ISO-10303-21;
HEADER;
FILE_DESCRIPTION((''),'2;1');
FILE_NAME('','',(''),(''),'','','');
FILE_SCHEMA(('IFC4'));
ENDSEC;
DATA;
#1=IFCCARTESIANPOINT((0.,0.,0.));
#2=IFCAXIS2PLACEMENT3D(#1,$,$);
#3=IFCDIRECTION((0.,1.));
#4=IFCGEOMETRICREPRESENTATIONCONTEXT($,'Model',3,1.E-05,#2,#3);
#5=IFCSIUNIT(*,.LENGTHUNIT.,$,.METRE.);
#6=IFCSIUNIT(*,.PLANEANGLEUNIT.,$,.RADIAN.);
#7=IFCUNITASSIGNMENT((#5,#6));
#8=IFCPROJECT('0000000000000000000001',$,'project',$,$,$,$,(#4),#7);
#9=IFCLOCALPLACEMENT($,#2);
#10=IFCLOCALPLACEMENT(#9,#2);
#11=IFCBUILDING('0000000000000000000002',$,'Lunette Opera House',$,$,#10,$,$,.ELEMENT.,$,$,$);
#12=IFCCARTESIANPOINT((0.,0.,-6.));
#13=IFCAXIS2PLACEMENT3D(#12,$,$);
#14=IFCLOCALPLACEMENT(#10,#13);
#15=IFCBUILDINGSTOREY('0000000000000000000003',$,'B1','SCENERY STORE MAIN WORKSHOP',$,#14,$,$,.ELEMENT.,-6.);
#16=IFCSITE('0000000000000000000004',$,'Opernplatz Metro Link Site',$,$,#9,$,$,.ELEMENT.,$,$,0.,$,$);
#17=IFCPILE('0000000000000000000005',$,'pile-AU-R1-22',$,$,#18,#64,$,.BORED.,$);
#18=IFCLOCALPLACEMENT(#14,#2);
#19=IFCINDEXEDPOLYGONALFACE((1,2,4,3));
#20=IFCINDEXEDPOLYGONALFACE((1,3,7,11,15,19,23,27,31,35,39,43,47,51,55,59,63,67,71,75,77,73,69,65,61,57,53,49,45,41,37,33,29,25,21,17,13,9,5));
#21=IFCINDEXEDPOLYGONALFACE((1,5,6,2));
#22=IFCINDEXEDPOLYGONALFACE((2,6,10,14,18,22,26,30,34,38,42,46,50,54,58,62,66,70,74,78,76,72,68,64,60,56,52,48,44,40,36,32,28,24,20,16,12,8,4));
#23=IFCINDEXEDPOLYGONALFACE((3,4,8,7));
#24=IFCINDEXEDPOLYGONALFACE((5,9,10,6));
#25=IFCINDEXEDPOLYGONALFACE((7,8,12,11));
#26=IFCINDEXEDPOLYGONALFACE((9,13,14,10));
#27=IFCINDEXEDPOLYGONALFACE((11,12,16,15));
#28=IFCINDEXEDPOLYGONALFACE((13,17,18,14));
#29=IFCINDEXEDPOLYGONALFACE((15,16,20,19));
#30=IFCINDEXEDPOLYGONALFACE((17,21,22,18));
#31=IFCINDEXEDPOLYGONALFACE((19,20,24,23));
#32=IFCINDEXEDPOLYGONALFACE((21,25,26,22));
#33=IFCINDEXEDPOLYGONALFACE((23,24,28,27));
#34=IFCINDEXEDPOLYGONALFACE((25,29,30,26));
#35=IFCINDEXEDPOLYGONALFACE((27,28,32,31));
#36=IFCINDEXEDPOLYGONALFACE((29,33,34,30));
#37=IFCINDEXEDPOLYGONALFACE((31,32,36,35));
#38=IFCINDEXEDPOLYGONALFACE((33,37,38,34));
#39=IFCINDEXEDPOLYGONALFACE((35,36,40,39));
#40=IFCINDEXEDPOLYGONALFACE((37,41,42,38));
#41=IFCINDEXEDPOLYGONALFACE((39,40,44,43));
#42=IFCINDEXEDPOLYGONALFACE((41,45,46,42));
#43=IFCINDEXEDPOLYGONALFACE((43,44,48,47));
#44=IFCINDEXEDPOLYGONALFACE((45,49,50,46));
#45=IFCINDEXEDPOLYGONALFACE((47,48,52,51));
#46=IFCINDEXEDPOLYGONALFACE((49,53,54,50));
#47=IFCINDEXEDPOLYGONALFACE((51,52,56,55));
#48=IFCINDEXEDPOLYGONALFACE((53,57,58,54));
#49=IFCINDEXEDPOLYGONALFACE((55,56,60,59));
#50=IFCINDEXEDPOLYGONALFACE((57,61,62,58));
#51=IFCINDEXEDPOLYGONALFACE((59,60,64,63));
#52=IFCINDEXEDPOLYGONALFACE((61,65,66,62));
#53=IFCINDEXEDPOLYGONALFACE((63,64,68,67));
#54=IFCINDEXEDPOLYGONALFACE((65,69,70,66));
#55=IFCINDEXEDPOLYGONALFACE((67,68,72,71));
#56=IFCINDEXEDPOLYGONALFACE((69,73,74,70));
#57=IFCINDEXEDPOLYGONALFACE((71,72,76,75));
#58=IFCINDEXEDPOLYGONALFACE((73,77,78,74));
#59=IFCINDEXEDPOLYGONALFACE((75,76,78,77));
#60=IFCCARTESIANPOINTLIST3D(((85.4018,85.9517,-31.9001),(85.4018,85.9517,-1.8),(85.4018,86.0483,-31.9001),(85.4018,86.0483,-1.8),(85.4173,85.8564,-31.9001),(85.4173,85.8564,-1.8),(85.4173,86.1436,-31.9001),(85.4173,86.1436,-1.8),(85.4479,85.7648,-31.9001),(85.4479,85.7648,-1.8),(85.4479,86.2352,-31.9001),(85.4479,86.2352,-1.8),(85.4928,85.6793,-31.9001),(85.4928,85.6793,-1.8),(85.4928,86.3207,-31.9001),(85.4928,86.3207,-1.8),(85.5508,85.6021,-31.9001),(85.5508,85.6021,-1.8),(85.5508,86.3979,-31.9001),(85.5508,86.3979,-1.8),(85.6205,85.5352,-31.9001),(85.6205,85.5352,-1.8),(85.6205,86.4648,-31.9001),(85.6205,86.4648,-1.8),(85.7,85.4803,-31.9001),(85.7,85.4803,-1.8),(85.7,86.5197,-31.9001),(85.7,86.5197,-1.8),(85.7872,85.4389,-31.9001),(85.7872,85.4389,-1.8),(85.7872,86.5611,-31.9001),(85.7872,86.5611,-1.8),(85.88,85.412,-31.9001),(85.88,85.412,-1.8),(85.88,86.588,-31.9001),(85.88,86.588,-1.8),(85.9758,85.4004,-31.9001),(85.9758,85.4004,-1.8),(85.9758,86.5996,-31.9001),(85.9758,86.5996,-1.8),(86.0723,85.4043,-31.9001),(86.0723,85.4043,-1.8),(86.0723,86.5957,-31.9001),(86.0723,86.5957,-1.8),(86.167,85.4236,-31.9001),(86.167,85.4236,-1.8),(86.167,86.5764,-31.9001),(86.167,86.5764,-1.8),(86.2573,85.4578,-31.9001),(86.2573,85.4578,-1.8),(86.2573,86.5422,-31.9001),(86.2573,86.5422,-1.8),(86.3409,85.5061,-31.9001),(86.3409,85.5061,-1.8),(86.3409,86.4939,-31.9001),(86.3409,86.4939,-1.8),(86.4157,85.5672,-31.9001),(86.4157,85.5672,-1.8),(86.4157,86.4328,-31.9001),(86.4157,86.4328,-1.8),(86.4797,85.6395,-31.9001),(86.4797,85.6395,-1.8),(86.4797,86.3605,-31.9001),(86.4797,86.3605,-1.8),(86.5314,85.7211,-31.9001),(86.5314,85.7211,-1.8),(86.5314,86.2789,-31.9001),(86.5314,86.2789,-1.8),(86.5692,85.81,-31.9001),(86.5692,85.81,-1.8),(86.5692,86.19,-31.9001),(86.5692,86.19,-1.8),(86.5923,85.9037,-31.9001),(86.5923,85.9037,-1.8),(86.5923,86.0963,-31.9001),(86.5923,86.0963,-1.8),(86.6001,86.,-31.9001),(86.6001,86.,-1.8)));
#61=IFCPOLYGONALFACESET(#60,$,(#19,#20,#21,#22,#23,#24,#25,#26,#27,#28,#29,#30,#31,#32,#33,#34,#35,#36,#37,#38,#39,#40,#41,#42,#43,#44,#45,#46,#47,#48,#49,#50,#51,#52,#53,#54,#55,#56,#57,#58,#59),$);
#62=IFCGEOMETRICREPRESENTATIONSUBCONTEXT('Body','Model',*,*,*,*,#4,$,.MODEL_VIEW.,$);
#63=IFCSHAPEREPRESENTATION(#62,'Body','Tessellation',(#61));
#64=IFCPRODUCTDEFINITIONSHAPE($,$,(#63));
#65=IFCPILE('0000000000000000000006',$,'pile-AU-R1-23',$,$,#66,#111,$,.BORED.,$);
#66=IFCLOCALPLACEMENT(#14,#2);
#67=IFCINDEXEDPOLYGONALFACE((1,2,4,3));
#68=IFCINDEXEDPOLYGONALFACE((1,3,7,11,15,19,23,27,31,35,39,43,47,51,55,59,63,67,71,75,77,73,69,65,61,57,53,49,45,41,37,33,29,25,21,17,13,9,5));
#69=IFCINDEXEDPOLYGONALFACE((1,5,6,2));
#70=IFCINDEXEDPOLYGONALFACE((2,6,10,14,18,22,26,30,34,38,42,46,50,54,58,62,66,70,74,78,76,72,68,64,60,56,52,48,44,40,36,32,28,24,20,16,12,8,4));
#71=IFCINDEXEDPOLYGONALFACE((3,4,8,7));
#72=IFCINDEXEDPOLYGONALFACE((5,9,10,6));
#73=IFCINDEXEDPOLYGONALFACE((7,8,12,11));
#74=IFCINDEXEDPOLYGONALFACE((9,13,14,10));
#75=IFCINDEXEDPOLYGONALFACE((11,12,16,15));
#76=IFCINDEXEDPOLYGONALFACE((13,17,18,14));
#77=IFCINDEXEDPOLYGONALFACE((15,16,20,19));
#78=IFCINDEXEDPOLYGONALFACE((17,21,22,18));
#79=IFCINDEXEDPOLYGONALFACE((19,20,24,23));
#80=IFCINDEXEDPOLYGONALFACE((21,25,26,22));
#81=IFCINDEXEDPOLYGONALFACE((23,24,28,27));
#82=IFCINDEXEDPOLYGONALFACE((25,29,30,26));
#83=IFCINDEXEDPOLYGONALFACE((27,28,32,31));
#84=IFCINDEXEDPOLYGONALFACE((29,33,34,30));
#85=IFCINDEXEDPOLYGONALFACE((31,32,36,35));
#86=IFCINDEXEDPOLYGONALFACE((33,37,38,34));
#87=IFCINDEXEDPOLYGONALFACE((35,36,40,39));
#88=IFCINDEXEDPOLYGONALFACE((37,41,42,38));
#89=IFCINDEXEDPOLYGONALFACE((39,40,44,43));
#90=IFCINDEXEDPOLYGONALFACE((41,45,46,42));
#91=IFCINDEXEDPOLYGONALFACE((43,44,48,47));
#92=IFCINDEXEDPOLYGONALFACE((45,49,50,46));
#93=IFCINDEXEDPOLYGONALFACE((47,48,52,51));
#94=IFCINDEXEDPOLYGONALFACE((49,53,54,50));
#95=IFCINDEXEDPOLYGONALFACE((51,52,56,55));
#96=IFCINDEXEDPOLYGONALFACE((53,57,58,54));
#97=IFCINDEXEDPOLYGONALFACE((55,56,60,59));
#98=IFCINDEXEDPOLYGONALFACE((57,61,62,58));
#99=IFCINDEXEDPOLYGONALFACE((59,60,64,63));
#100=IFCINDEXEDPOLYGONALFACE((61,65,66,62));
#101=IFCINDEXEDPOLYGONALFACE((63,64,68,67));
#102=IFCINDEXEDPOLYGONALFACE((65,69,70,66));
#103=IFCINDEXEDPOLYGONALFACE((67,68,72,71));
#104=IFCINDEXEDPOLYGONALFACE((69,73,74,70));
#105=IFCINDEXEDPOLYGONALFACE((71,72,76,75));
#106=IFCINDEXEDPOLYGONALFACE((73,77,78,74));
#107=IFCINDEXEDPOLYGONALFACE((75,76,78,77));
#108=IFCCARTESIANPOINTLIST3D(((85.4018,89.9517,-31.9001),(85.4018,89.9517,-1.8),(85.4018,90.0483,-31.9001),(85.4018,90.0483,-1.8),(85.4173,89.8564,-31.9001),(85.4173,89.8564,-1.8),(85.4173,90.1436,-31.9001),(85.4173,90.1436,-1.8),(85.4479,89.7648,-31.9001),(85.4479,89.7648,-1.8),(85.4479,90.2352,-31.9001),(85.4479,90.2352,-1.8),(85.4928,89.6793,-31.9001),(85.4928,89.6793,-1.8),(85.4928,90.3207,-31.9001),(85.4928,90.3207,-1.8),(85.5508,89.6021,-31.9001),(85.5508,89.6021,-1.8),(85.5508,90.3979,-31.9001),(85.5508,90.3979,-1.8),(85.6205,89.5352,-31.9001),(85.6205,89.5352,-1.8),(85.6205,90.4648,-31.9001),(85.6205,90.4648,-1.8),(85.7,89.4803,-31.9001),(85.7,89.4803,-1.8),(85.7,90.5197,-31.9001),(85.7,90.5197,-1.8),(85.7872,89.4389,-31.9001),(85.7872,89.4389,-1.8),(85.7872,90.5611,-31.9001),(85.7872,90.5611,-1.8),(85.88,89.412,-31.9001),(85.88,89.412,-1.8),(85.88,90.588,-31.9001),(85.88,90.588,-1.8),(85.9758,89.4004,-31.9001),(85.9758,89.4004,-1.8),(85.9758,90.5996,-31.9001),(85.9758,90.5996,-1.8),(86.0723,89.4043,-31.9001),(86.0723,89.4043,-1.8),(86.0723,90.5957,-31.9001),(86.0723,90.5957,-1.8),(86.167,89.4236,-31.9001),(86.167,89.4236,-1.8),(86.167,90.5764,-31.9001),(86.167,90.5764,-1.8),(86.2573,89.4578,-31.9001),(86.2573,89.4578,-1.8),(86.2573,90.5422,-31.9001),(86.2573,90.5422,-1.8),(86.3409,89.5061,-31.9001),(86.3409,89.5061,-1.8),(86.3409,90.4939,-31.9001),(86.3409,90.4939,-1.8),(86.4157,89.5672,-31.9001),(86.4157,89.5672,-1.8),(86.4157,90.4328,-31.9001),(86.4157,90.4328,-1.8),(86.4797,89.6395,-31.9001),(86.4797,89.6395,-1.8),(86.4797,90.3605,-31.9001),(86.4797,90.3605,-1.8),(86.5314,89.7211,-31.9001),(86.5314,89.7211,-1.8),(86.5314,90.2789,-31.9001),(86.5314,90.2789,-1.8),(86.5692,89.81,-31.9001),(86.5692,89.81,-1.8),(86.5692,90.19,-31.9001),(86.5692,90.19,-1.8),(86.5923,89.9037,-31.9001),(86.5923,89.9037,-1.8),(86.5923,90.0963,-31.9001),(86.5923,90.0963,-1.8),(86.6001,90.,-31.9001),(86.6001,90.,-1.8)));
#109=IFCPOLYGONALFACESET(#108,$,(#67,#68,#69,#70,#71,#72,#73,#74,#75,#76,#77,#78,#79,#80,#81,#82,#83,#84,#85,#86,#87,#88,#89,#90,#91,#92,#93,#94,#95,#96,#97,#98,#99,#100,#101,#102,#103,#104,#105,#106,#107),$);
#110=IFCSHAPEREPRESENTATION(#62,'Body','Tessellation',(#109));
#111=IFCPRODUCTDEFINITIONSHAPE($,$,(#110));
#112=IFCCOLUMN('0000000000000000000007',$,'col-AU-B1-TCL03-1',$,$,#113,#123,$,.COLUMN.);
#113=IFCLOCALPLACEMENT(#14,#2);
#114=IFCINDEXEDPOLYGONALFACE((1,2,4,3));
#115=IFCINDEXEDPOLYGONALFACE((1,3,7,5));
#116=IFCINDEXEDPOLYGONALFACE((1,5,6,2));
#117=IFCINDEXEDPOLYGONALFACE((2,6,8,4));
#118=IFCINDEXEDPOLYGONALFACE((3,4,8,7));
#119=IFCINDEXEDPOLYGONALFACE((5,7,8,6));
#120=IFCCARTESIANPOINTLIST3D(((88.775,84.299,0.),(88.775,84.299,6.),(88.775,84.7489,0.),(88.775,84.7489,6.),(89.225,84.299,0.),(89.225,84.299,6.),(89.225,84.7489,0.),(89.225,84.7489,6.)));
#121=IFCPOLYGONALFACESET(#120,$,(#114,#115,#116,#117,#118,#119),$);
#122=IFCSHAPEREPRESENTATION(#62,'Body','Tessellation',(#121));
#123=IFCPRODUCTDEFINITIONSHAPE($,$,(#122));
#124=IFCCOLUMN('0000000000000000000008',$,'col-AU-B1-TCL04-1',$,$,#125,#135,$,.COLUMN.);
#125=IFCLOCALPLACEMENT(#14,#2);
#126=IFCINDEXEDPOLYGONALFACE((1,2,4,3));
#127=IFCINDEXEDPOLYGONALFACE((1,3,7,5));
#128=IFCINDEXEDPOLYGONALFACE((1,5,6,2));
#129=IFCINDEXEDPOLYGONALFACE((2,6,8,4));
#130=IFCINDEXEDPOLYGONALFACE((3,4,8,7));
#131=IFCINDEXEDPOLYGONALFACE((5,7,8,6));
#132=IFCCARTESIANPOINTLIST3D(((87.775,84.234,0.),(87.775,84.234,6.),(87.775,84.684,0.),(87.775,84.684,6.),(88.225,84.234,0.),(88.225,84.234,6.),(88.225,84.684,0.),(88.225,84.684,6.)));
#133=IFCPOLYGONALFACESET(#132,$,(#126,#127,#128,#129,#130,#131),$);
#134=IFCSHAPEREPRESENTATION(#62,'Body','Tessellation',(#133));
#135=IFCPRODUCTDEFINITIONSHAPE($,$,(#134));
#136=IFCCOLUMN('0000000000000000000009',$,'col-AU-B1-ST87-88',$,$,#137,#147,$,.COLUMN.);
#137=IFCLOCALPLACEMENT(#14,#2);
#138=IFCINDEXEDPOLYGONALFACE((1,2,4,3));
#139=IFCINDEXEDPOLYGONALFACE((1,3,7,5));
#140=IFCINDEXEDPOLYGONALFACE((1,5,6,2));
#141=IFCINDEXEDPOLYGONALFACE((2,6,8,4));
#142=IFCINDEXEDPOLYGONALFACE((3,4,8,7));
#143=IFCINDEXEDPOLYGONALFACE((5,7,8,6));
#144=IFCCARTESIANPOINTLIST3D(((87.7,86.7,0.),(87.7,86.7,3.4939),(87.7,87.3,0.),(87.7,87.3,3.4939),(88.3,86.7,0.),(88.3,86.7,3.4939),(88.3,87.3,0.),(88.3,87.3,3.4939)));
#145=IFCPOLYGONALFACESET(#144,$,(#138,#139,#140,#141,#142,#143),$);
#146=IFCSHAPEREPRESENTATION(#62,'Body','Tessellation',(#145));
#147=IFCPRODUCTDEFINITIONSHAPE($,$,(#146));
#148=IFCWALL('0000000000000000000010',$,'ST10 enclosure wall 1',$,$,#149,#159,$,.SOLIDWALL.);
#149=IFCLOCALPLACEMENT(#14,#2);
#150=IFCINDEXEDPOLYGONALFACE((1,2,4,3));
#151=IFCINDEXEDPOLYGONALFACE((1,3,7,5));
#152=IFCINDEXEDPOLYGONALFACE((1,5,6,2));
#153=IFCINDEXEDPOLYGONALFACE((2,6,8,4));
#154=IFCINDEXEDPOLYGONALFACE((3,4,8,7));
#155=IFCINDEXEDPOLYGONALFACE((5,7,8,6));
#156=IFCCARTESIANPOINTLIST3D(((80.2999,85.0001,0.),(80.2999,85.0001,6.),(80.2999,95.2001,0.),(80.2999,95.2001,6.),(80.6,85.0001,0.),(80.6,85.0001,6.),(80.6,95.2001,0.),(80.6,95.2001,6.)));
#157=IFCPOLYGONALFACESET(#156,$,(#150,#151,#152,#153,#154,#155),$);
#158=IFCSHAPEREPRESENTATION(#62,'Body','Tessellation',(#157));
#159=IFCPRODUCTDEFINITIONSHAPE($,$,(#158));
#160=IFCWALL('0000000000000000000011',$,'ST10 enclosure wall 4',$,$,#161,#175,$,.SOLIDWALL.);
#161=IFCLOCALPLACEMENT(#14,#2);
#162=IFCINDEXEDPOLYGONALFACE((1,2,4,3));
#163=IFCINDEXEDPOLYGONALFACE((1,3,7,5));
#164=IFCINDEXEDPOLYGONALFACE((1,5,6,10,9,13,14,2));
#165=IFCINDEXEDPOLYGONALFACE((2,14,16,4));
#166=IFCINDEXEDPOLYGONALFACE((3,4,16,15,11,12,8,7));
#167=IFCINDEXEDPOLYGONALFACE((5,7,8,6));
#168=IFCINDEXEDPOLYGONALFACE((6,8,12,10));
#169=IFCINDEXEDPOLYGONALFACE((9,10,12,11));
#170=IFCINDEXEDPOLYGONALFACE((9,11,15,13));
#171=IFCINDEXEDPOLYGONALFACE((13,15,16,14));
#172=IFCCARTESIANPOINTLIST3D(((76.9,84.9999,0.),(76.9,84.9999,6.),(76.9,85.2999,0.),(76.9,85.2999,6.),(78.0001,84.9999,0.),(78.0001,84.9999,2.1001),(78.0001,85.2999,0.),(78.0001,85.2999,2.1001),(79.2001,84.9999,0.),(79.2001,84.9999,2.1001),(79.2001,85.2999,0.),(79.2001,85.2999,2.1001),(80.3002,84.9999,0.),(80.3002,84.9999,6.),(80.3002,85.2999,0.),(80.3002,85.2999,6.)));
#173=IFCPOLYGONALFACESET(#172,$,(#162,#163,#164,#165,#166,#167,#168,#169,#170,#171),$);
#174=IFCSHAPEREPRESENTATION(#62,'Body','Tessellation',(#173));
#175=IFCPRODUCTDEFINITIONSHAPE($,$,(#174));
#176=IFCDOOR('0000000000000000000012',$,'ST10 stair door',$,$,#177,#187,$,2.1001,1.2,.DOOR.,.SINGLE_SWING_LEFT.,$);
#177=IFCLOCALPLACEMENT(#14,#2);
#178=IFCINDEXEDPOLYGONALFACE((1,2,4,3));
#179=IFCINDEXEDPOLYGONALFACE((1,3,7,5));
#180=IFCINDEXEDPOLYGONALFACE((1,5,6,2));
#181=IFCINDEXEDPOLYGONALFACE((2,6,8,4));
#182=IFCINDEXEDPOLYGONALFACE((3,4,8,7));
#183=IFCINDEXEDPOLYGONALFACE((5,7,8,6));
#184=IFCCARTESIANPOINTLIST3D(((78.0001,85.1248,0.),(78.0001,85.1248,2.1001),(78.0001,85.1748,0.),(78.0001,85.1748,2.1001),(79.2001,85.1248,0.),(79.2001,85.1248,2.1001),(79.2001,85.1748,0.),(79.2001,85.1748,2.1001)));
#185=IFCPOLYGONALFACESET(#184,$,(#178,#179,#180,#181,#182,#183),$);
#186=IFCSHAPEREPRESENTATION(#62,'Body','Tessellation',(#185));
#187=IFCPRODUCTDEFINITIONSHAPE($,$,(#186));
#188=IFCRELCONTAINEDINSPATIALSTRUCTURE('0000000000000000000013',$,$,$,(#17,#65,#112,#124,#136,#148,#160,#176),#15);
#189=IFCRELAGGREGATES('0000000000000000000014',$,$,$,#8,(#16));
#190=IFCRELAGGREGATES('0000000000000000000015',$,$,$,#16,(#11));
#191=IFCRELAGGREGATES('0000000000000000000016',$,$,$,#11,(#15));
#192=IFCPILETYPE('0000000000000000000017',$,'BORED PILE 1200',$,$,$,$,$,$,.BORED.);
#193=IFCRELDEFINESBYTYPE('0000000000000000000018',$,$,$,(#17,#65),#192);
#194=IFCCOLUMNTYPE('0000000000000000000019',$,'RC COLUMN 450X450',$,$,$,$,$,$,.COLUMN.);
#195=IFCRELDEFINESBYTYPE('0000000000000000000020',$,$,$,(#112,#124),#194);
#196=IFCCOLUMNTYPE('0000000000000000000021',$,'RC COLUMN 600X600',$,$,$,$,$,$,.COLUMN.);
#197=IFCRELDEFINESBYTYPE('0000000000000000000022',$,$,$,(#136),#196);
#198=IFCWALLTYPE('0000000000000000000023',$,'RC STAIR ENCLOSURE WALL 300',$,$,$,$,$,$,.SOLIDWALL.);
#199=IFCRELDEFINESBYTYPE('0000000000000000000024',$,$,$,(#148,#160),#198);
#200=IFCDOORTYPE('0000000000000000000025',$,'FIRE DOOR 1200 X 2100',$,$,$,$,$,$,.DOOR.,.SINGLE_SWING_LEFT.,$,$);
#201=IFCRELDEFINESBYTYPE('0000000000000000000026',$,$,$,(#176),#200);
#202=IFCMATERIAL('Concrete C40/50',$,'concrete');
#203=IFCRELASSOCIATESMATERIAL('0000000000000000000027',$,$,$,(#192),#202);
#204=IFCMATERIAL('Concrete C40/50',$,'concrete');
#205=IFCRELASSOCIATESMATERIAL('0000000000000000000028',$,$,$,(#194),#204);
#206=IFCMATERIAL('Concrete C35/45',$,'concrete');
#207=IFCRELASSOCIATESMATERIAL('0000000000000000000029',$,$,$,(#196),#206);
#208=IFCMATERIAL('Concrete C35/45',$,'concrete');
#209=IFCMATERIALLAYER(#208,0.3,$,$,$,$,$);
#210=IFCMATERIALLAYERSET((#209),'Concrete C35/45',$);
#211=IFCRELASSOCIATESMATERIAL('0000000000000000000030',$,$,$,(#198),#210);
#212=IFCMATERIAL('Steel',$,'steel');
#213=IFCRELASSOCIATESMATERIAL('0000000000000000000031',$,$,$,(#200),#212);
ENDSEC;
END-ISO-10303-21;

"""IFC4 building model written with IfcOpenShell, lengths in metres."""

from ifc_helpers import new_model, si_unit, direction, frame, frame_2d, origin, origin_2d, place, context, subcontext, project, spatial, rectangle, circle, extrude, material, layer, layer_set, material_profile, profile_set, type_object, element, fill, save


model = new_model("IFC4")

# Units and contexts
model_context = context("Model", 3, precision=1e-05, world=origin(), true_north=direction((0.0, 1.0)))
body_context = subcontext(model_context, "Body", "Model", "MODEL_VIEW")
ifc_project = project(units=[si_unit("LENGTHUNIT", "METRE"), si_unit("PLANEANGLEUNIT", "RADIAN")], contexts=[model_context])

# Site, building, storey
site_placement = place(None, origin())
site = spatial("IfcSite", under=ifc_project, at=site_placement, Name="Opernplatz Metro Link Site", CompositionType="ELEMENT", RefElevation=0.0)
building_placement = place(site_placement, origin())
building = spatial("IfcBuilding", under=site, at=building_placement, Name="Lunette Opera House", CompositionType="ELEMENT")
storey_placement = place(building_placement, frame((0.0, 0.0, -6.0)))
storey = spatial("IfcBuildingStorey", under=building, at=storey_placement, Name="B1", Description="SCENERY STORE MAIN WORKSHOP", CompositionType="ELEMENT", Elevation=-6.0)

# Piles
ifc_material_1 = material(Name="Concrete C40/50", Category="concrete")
ifc_material_profile_1 = material_profile(ifc_material_1, circle(Radius=0.6001, at=origin_2d()), Name="BORED PILE 1200")
ifc_profile_set_1 = profile_set([ifc_material_profile_1], Name="Concrete C40/50")
pile_type = type_object("IfcPileType", Name="BORED PILE 1200", PredefinedType="BORED", material=ifc_profile_set_1)
for number, where, z_axis, x_axis, name in (
    (1, (86.0, 86.0, -1.8), (0.0, 0.0, -1.0), (1.0, 0.0, 0.0), "pile-AU-R1-22"),
    (2, (86.0, 90.0, -1.8), (0.0, 0.0, -1.0), (1.0, 0.0, 0.0), "pile-AU-R1-23"),
):
    element("IfcPile", number, at=place(storey_placement, frame(where, z_axis=z_axis, x_axis=x_axis)), inside=storey, type_object=pile_type, Name=name, PredefinedType="BORED", context=body_context, shape_type="SweptSolid", body=[
        extrude(circle(Radius=0.6001, at=origin_2d()), origin(), (0.0, 0.0, 1.0), 30.1001),
    ])

# Columns
ifc_material_2 = material(Name="Concrete C40/50", Category="concrete")
ifc_material_profile_2 = material_profile(ifc_material_2, rectangle(XDim=0.45, YDim=0.45, at=origin_2d()), Name="RC COLUMN 450X450")
ifc_profile_set_2 = profile_set([ifc_material_profile_2], Name="Concrete C40/50")
column_type_1 = type_object("IfcColumnType", Name="RC COLUMN 450X450", PredefinedType="COLUMN", material=ifc_profile_set_2)
for number, where, z_axis, x_axis, name in (
    (3, (89.0, 84.5239, 0.0), (0.0, 0.0, 1.0), (1.0, 0.0, 0.0), "col-AU-B1-TCL03-1"),
    (4, (88.0, 84.459, 0.0), (0.0, 0.0, 1.0), (1.0, 0.0, 0.0), "col-AU-B1-TCL04-1"),
):
    element("IfcColumn", number, at=place(storey_placement, frame(where, z_axis=z_axis, x_axis=x_axis)), inside=storey, type_object=column_type_1, Name=name, PredefinedType="COLUMN", context=body_context, shape_type="SweptSolid", body=[
        extrude(rectangle(XDim=0.45, YDim=0.45, at=origin_2d()), origin(), (0.0, 0.0, 1.0), 6.0),
    ])
ifc_material_3 = material(Name="Concrete C35/45", Category="concrete")
ifc_material_profile_3 = material_profile(ifc_material_3, rectangle(XDim=0.6001, YDim=0.6001, at=origin_2d()), Name="RC COLUMN 600X600")
ifc_profile_set_3 = profile_set([ifc_material_profile_3], Name="Concrete C35/45")
column_type_2 = type_object("IfcColumnType", Name="RC COLUMN 600X600", PredefinedType="COLUMN", material=ifc_profile_set_3)
column_placement = place(storey_placement, frame((88.0, 87.0, 0.0), z_axis=(0.0, 0.0, 1.0), x_axis=(1.0, 0.0, 0.0)))
element("IfcColumn", 5, at=column_placement, inside=storey, type_object=column_type_2, Name="col-AU-B1-ST87-88", PredefinedType="COLUMN", context=body_context, shape_type="SweptSolid", body=[
    extrude(rectangle(XDim=0.6001, YDim=0.6001, at=origin_2d()), origin(), (0.0, 0.0, 1.0), 3.4939),
])

# Wall
ifc_material_4 = material(Name="Concrete C35/45", Category="concrete")
ifc_layer_1 = layer(ifc_material_4, 0.3)
ifc_layer_set_1 = layer_set([ifc_layer_1], Name="Concrete C35/45")
wall_type_1 = type_object("IfcWallType", Name="RC STAIR ENCLOSURE WALL 300", PredefinedType="SOLIDWALL", material=ifc_layer_set_1)
wall_1_placement = place(storey_placement, frame((80.45, 85.0, 0.0), z_axis=(0.0, 0.0, 1.0), x_axis=(0.0, 1.0, 0.0)))
element("IfcWall", 6, at=wall_1_placement, inside=storey, type_object=wall_type_1, Name="ST10 enclosure wall 1", PredefinedType="SOLIDWALL", context=body_context, shape_type="SweptSolid", body=[
    extrude(rectangle(XDim=10.2, YDim=0.3, at=frame_2d((5.1001, 0.0))), origin(), (0.0, 0.0, 1.0), 6.0),
])

# Wall, opening, door
wall_2_placement = place(storey_placement, frame((76.8999, 85.1499, 0.0), z_axis=(0.0, 0.0, 1.0), x_axis=(1.0, 0.0, 0.0)))
wall_2 = element("IfcWall", 7, at=wall_2_placement, inside=storey, type_object=wall_type_1, Name="ST10 enclosure wall 4", PredefinedType="SOLIDWALL", context=body_context, shape_type="SweptSolid", body=[
    extrude(rectangle(XDim=3.4001, YDim=0.3, at=frame_2d((1.7002, 0.0))), origin(), (0.0, 0.0, 1.0), 6.0),
])
opening_placement = place(wall_2_placement, frame((1.1001, 0.0, 0.0)))
opening = element("IfcOpeningElement", 8, at=opening_placement, cuts=wall_2, PredefinedType="OPENING", context=body_context, shape_type="SweptSolid", body=[
    extrude(rectangle(XDim=1.2, YDim=2.1001, at=frame_2d((0.6001, 1.05))), frame((0.0, 0.1621, 0.0), z_axis=(0.0, -1.0, 0.0), x_axis=(1.0, 0.0, 0.0)), (0.0, 0.0, 1.0), 0.324),
])
ifc_material_5 = material(Name="Steel", Category="steel")
door_type = type_object("IfcDoorType", Name="FIRE DOOR 1200 X 2100", OperationType="SINGLE_SWING_LEFT", PredefinedType="DOOR", material=ifc_material_5)
door_placement = place(opening_placement, origin())
door = element("IfcDoor", 9, at=door_placement, inside=storey, type_object=door_type, Name="ST10 stair door", OperationType="SINGLE_SWING_LEFT", OverallHeight=2.1001, OverallWidth=1.2, PredefinedType="DOOR", context=body_context, shape_type="SweptSolid", body=[
    extrude(rectangle(XDim=1.2, YDim=2.1001, at=frame_2d((0.6001, 1.05))), frame((0.0, 0.0249, 0.0), z_axis=(0.0, -1.0, 0.0), x_axis=(1.0, 0.0, 0.0)), (0.0, 0.0, 1.0), 0.05),
])
fill(opening, door)

save(model, "model.ifc")
